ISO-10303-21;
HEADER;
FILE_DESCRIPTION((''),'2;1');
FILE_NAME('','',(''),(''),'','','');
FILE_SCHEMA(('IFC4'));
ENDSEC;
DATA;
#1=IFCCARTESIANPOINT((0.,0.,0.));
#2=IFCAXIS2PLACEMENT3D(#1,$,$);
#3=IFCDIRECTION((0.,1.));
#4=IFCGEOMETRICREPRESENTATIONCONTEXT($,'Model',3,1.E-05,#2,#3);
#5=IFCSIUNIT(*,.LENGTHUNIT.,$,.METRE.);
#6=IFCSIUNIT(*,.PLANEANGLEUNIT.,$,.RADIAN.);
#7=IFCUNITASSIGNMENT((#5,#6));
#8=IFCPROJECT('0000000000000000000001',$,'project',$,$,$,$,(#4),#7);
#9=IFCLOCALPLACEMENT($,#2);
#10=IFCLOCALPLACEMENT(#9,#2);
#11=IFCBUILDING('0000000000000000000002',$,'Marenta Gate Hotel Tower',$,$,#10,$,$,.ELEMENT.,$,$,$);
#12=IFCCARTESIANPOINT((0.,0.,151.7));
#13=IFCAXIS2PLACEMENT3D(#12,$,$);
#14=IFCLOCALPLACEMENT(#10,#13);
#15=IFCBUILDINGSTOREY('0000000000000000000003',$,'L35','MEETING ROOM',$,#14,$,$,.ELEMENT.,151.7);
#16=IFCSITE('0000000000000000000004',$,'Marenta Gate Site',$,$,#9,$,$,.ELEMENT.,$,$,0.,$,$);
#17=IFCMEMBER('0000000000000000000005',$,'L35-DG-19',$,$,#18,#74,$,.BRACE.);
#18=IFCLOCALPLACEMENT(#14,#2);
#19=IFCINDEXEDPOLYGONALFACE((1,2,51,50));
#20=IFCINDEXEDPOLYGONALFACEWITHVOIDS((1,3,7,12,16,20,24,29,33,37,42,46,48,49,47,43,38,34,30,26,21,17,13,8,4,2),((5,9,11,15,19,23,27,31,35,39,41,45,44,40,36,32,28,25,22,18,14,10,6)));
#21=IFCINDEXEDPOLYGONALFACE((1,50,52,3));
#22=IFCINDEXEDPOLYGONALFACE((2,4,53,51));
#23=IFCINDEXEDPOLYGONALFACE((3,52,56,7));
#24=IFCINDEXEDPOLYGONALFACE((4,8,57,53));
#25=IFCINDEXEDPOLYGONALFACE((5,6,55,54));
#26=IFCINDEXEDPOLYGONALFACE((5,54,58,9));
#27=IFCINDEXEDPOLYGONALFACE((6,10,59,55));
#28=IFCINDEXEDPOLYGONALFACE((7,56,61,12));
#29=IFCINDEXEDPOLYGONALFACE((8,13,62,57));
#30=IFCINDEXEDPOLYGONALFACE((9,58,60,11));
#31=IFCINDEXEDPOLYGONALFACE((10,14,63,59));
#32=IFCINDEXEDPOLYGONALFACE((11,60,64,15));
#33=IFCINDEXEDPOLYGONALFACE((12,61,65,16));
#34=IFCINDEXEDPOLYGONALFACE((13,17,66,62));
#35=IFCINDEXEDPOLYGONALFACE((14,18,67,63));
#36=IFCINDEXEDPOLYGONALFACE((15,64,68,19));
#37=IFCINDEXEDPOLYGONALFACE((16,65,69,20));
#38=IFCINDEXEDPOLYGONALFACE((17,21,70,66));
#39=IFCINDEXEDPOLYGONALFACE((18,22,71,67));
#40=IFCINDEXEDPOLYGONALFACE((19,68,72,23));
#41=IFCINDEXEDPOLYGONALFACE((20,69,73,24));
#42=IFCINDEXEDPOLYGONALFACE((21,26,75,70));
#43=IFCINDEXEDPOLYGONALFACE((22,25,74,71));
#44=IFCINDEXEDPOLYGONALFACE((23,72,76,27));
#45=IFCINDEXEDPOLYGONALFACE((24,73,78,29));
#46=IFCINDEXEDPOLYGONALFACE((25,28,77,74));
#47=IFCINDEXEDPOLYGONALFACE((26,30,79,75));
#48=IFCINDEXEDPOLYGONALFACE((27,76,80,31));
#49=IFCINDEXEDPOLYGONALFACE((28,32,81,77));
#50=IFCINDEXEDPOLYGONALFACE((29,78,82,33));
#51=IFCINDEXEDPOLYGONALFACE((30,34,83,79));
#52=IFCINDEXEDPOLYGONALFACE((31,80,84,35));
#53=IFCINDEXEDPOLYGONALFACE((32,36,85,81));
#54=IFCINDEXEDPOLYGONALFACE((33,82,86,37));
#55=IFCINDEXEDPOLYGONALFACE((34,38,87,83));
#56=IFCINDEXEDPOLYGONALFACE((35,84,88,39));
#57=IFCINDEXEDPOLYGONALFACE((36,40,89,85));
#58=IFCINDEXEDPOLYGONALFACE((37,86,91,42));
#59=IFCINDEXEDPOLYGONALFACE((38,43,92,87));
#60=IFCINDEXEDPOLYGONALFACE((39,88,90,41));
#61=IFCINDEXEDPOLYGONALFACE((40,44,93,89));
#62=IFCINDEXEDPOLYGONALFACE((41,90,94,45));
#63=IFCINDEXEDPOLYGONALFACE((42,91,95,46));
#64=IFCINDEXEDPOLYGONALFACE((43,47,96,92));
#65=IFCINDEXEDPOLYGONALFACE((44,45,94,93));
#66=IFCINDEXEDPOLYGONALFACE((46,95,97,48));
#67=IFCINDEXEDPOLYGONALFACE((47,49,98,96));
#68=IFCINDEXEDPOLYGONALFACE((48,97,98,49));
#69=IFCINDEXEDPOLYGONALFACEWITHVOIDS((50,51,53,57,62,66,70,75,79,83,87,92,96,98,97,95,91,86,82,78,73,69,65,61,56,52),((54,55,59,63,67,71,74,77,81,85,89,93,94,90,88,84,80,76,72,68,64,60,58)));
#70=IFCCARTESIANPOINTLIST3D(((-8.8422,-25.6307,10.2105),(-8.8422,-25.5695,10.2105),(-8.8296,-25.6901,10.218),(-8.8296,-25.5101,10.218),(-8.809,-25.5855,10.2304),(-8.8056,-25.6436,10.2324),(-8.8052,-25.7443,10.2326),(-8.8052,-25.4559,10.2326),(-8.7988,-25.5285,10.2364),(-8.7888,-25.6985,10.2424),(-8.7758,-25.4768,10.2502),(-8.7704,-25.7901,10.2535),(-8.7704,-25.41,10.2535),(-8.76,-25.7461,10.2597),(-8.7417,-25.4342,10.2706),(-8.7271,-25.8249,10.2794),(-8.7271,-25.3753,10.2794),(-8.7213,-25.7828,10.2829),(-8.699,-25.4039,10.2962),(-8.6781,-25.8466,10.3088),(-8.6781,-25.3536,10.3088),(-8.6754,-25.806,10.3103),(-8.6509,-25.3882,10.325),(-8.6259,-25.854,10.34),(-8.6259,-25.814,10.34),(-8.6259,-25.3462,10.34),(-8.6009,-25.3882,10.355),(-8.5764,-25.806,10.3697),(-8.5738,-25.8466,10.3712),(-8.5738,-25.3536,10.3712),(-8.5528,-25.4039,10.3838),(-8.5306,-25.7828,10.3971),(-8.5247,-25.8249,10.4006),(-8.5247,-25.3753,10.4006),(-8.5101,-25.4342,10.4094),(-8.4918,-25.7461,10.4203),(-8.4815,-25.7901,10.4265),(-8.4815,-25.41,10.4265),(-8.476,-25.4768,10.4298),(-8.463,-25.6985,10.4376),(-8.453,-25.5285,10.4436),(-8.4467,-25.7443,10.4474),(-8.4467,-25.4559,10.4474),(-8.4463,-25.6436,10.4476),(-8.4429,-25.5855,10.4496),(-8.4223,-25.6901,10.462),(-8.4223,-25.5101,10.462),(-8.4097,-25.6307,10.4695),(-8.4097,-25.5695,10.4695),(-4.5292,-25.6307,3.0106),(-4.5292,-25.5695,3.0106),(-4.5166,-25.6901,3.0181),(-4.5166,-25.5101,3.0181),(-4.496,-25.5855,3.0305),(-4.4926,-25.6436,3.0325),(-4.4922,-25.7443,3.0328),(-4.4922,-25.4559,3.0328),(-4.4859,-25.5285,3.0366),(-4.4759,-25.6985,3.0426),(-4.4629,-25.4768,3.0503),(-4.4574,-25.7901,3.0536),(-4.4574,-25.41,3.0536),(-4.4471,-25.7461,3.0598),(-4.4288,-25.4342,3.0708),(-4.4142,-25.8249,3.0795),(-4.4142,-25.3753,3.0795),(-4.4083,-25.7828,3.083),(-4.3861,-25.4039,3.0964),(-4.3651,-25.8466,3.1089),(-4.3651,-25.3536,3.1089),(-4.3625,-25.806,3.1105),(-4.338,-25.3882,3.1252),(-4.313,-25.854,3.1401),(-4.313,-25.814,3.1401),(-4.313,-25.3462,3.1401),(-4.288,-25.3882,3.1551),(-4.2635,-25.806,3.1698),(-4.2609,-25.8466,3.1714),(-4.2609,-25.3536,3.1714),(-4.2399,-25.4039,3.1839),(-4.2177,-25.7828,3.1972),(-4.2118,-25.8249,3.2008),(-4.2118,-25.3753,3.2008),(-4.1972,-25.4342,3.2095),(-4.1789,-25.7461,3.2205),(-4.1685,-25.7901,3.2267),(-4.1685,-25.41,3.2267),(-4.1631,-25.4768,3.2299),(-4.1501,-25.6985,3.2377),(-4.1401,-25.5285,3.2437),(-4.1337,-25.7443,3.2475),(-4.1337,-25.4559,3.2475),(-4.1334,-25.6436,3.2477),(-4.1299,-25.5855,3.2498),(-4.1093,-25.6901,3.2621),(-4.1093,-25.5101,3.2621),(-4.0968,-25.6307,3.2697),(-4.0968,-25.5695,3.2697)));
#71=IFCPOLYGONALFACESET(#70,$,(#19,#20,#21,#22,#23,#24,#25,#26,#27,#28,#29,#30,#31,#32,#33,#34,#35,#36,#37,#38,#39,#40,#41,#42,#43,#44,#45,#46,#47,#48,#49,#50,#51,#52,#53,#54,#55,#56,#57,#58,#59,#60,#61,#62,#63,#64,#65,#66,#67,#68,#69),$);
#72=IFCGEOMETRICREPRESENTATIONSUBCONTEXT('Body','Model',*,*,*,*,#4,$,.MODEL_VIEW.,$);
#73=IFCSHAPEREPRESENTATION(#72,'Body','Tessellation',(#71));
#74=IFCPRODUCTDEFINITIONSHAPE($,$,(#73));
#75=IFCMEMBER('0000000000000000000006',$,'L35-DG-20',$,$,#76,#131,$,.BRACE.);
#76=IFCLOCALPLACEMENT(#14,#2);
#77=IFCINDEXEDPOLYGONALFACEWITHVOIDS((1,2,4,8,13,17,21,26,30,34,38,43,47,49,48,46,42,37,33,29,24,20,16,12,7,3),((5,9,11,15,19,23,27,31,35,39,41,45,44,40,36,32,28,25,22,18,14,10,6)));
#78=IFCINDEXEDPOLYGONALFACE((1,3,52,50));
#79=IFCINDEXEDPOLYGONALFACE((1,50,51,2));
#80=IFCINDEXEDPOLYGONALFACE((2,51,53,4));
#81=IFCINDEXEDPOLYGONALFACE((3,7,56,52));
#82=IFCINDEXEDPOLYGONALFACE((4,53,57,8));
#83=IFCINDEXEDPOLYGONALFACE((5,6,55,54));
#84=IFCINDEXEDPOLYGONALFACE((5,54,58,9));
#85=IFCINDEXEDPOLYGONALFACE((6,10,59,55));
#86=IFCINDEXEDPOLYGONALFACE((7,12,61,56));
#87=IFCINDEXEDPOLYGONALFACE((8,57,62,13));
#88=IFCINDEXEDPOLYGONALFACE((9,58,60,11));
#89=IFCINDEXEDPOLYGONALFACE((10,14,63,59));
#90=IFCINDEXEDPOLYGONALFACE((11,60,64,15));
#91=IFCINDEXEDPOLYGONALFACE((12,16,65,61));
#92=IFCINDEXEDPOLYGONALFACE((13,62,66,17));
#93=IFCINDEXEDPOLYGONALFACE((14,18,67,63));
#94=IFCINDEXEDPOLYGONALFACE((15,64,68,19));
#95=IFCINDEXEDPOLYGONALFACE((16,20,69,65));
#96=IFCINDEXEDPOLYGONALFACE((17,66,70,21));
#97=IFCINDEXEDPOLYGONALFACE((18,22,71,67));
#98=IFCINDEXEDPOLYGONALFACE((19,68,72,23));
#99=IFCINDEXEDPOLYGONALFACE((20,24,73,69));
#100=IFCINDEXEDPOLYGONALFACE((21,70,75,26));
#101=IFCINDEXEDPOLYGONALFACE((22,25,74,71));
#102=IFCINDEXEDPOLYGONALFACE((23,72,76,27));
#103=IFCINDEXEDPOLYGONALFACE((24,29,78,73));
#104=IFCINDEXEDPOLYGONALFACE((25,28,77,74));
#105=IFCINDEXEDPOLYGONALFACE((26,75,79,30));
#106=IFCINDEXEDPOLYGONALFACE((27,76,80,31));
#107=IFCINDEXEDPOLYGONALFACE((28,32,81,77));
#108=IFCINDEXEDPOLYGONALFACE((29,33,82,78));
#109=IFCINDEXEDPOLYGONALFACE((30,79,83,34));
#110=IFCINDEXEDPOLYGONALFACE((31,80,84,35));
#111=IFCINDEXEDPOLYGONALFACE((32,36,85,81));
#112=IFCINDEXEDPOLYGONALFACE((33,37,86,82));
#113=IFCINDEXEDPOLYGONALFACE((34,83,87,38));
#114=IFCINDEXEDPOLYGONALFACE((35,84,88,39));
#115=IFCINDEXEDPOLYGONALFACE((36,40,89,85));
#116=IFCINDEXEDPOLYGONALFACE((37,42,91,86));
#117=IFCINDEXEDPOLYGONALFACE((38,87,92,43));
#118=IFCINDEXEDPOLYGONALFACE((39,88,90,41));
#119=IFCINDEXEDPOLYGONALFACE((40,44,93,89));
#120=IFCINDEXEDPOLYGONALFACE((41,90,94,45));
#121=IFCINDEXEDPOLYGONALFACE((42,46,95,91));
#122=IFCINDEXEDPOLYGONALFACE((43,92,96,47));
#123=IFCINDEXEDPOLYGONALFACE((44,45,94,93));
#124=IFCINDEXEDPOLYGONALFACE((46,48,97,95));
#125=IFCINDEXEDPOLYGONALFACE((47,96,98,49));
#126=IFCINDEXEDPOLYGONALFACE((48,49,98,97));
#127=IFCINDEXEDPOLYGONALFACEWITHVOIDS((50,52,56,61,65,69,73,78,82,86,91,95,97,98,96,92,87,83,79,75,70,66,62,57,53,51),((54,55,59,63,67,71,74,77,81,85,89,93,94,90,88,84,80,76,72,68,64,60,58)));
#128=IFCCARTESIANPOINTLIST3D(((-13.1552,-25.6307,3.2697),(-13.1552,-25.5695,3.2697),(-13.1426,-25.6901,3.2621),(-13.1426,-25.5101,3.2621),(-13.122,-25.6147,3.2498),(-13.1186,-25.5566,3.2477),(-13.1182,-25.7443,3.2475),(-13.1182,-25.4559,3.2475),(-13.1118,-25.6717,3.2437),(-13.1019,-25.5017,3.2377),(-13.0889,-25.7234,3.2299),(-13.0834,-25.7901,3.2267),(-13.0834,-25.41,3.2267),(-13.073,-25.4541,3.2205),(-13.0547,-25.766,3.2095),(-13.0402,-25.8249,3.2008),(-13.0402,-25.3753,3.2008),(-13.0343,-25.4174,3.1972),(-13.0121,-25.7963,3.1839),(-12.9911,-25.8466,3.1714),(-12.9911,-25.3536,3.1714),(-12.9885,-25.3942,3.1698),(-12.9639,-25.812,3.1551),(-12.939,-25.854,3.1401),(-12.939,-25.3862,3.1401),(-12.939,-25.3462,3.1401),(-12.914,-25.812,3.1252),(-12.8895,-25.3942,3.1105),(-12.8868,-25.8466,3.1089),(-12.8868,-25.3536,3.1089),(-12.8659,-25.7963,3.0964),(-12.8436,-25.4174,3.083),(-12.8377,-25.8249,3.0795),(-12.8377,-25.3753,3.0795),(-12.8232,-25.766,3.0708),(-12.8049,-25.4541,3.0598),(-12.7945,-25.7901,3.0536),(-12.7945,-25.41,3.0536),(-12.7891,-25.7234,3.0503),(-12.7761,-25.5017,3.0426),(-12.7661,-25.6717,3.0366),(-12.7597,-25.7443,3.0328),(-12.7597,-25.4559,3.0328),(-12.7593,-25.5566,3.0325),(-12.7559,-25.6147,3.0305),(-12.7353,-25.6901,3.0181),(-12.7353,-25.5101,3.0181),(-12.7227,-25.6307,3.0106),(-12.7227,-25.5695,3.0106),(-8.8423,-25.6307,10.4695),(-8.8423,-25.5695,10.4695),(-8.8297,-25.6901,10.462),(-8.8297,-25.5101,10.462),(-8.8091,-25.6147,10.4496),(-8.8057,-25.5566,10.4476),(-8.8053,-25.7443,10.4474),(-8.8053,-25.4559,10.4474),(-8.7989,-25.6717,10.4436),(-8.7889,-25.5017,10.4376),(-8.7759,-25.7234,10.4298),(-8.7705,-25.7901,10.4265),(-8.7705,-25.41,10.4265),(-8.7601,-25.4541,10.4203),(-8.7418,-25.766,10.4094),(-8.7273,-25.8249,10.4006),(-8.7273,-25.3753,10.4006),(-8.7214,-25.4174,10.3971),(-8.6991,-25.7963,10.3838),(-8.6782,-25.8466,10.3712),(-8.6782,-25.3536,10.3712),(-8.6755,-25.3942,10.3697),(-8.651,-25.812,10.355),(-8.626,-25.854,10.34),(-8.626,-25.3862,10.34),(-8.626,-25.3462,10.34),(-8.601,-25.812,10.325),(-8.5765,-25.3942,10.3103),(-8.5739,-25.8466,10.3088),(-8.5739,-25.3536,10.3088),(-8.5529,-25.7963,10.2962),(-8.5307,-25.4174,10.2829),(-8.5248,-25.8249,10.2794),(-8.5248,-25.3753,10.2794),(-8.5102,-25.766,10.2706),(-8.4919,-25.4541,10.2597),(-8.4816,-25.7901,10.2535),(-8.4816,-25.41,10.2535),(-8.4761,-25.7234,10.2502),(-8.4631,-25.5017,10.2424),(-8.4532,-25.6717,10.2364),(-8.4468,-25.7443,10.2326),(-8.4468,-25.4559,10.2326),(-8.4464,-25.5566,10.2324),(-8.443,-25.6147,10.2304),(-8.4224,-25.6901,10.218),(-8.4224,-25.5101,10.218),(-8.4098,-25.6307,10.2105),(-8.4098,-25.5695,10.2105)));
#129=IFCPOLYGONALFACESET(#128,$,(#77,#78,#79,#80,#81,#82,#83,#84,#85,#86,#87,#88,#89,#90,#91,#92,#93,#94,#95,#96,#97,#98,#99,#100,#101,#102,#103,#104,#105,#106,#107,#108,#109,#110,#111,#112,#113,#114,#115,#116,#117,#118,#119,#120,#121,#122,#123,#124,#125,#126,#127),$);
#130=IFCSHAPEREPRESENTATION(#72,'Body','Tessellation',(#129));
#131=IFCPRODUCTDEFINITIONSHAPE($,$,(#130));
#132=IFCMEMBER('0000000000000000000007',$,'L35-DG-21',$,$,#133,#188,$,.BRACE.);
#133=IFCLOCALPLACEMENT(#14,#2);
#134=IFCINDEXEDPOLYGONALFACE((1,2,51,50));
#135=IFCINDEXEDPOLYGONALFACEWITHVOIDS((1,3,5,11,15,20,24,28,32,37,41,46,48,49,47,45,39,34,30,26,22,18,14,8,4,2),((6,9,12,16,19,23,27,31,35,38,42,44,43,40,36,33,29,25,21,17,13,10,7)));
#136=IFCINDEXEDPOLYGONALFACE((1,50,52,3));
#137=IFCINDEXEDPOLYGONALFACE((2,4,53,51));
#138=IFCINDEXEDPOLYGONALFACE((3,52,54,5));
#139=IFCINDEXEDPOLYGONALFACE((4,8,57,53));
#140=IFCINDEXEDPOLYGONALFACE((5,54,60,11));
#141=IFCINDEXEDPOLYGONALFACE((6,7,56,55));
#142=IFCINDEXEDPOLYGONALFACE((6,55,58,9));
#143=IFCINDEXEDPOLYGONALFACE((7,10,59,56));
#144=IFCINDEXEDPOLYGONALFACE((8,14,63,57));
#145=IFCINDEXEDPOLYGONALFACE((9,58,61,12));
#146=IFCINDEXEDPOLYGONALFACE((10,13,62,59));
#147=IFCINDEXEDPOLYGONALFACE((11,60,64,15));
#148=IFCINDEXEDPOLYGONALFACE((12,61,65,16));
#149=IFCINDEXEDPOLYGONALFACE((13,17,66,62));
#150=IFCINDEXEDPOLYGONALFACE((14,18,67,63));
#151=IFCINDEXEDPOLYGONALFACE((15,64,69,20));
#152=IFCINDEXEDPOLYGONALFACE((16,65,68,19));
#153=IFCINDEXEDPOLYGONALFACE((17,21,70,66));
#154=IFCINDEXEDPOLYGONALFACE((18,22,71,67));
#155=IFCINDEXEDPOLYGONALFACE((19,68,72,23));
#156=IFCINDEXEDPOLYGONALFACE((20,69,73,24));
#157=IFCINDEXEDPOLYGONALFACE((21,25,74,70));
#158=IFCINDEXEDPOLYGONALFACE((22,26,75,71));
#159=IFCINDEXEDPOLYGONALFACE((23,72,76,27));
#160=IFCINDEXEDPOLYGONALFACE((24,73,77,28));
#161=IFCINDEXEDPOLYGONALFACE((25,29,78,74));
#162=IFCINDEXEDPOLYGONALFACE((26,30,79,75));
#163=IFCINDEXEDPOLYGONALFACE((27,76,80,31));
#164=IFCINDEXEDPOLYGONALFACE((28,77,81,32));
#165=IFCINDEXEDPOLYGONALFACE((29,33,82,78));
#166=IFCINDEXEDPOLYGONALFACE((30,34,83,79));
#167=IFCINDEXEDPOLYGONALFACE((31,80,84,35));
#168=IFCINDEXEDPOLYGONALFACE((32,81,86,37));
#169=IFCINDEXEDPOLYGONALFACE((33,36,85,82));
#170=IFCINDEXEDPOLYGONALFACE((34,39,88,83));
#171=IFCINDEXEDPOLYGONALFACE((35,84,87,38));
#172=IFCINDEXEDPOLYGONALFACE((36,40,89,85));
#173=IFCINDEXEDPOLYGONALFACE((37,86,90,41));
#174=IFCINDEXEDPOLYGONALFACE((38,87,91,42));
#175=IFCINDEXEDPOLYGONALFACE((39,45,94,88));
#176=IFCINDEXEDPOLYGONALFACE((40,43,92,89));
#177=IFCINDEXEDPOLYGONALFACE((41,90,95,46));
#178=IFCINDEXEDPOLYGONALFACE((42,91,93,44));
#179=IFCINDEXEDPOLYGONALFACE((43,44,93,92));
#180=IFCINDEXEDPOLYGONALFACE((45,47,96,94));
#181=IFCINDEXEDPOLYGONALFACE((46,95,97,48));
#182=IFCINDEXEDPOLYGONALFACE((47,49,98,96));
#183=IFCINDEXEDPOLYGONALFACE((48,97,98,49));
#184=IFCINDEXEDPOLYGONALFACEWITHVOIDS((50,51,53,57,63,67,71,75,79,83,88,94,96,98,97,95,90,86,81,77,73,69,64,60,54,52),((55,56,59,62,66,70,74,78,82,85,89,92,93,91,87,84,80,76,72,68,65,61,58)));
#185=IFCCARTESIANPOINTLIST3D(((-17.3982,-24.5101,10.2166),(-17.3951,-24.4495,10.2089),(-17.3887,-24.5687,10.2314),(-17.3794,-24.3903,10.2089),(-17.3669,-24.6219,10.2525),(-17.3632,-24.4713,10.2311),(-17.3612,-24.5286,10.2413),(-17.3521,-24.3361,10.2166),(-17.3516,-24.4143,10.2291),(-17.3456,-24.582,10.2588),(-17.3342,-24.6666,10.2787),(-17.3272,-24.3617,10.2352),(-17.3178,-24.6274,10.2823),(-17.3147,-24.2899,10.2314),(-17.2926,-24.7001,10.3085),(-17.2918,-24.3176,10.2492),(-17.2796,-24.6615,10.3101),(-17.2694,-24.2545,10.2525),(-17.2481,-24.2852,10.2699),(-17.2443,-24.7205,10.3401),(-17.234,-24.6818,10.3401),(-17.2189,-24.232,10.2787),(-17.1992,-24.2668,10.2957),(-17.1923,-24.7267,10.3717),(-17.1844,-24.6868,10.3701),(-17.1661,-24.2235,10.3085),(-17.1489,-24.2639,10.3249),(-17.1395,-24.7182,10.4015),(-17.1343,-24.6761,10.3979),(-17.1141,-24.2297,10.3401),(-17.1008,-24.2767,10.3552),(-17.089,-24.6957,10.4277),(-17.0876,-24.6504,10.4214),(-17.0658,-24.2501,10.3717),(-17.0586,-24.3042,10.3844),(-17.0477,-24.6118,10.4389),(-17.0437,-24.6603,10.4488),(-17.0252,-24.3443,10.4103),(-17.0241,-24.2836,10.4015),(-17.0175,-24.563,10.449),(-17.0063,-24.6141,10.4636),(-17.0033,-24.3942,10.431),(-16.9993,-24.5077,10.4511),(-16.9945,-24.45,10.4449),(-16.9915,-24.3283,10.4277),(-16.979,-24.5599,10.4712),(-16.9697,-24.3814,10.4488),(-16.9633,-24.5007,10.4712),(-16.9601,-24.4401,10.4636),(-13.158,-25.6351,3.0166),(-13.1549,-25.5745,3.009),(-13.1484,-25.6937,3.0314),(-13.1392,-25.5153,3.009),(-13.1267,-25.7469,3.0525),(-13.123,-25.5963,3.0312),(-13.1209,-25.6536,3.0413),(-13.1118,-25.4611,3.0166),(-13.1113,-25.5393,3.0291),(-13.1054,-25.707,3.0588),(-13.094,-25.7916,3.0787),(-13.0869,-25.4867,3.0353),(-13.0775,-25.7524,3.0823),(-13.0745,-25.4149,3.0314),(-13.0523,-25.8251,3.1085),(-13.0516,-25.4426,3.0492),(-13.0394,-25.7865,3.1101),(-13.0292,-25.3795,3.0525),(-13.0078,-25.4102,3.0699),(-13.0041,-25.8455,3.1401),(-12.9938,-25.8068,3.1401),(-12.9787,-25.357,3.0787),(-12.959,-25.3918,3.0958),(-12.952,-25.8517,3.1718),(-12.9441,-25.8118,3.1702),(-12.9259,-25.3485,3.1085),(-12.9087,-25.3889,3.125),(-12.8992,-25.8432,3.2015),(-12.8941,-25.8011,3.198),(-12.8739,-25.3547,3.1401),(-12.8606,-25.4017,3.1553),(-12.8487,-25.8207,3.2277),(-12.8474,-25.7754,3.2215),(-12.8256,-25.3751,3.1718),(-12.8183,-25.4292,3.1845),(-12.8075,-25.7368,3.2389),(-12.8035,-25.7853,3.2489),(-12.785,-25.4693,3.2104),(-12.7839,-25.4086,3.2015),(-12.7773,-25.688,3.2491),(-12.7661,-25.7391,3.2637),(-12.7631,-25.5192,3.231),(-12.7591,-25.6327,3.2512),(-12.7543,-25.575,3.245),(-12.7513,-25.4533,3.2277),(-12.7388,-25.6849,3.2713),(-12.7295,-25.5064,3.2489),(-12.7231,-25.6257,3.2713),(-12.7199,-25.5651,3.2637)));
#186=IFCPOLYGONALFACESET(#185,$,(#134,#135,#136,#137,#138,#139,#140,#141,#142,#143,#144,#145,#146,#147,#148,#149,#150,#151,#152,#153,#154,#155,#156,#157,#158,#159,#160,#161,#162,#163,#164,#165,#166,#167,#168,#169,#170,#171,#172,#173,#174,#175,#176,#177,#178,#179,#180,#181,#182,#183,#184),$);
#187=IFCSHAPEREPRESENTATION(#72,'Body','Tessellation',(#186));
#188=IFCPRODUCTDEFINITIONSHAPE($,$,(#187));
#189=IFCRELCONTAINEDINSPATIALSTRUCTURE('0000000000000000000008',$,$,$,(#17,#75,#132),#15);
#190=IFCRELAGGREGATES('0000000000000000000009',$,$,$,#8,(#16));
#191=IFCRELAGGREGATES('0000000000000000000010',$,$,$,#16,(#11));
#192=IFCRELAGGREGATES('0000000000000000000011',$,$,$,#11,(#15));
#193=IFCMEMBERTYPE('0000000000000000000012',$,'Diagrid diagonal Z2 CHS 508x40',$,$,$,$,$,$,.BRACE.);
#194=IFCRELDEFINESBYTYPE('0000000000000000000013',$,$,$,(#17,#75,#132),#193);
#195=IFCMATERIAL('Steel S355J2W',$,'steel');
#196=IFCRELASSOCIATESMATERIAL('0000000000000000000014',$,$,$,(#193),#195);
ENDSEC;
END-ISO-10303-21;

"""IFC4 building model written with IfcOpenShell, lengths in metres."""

from ifc_helpers import new_model, si_unit, direction, frame, origin, origin_2d, place, context, subcontext, project, spatial, hollow_circle, extrude, material, material_profile, profile_set, type_object, element, save


model = new_model("IFC4")

# Units and contexts
model_context = context("Model", 3, precision=1e-05, world=origin(), true_north=direction((0.0, 1.0)))
body_context = subcontext(model_context, "Body", "Model", "MODEL_VIEW")
ifc_project = project(units=[si_unit("LENGTHUNIT", "METRE"), si_unit("PLANEANGLEUNIT", "RADIAN")], contexts=[model_context])

# Site, building, storey
site_placement = place(None, origin())
site = spatial("IfcSite", under=ifc_project, at=site_placement, Name="Marenta Gate Site", CompositionType="ELEMENT", RefElevation=0.0)
building_placement = place(site_placement, origin())
building = spatial("IfcBuilding", under=site, at=building_placement, Name="Marenta Gate Hotel Tower", CompositionType="ELEMENT")
storey_placement = place(building_placement, frame((0.0, 0.0, 151.7)))
storey = spatial("IfcBuildingStorey", under=building, at=storey_placement, Name="L35", Description="MEETING ROOM", CompositionType="ELEMENT", Elevation=151.7)

# Members
ifc_material_1 = material(Name="Steel S355J2W", Category="steel")
ifc_material_profile_1 = material_profile(ifc_material_1, hollow_circle(Radius=0.2539, WallThickness=0.04, at=origin_2d()), Name="CHS 508x40")
ifc_profile_set_1 = profile_set([ifc_material_profile_1], Name="Steel S355J2W")
member_type_1 = type_object("IfcMemberType", Name="Diagrid diagonal Z2 CHS 508x40", PredefinedType="BRACE", material=ifc_profile_set_1)
for number, where, z_axis, x_axis, name in (
    (1, (-4.313, -25.6001, 3.1401), (-0.513884, 0.0, 0.85786), (0.0, -1.0, 0.0), "L35-DG-19"),
    (2, (-12.939, -25.6001, 3.1401), (0.513884, 0.0, 0.85786), (0.0, 1.0, 0.0), "L35-DG-20"),
):
    element("IfcMember", number, at=place(storey_placement, frame(where, z_axis=z_axis, x_axis=x_axis)), inside=storey, type_object=member_type_1, Name=name, PredefinedType="BRACE", context=body_context, shape_type="SweptSolid", body=[
        extrude(hollow_circle(Radius=0.2539, WallThickness=0.04, at=origin_2d()), origin(), (0.0, 0.0, 1.0), 8.3928),
    ])
member_1_placement = place(storey_placement, frame((-12.939, -25.6001, 3.1401), z_axis=(-0.502924, 0.133434, 0.853969), x_axis=(-0.256443, -0.966559, 0.0)))
element("IfcMember", 3, at=member_1_placement, inside=storey, type_object=member_type_1, Name="L35-DG-21", PredefinedType="BRACE", context=body_context, shape_type="SweptSolid", body=[
    extrude(hollow_circle(Radius=0.2539, WallThickness=0.04, at=origin_2d()), origin(), (0.0, 0.0, 1.0), 8.4312),
])

save(model, "model.ifc")
